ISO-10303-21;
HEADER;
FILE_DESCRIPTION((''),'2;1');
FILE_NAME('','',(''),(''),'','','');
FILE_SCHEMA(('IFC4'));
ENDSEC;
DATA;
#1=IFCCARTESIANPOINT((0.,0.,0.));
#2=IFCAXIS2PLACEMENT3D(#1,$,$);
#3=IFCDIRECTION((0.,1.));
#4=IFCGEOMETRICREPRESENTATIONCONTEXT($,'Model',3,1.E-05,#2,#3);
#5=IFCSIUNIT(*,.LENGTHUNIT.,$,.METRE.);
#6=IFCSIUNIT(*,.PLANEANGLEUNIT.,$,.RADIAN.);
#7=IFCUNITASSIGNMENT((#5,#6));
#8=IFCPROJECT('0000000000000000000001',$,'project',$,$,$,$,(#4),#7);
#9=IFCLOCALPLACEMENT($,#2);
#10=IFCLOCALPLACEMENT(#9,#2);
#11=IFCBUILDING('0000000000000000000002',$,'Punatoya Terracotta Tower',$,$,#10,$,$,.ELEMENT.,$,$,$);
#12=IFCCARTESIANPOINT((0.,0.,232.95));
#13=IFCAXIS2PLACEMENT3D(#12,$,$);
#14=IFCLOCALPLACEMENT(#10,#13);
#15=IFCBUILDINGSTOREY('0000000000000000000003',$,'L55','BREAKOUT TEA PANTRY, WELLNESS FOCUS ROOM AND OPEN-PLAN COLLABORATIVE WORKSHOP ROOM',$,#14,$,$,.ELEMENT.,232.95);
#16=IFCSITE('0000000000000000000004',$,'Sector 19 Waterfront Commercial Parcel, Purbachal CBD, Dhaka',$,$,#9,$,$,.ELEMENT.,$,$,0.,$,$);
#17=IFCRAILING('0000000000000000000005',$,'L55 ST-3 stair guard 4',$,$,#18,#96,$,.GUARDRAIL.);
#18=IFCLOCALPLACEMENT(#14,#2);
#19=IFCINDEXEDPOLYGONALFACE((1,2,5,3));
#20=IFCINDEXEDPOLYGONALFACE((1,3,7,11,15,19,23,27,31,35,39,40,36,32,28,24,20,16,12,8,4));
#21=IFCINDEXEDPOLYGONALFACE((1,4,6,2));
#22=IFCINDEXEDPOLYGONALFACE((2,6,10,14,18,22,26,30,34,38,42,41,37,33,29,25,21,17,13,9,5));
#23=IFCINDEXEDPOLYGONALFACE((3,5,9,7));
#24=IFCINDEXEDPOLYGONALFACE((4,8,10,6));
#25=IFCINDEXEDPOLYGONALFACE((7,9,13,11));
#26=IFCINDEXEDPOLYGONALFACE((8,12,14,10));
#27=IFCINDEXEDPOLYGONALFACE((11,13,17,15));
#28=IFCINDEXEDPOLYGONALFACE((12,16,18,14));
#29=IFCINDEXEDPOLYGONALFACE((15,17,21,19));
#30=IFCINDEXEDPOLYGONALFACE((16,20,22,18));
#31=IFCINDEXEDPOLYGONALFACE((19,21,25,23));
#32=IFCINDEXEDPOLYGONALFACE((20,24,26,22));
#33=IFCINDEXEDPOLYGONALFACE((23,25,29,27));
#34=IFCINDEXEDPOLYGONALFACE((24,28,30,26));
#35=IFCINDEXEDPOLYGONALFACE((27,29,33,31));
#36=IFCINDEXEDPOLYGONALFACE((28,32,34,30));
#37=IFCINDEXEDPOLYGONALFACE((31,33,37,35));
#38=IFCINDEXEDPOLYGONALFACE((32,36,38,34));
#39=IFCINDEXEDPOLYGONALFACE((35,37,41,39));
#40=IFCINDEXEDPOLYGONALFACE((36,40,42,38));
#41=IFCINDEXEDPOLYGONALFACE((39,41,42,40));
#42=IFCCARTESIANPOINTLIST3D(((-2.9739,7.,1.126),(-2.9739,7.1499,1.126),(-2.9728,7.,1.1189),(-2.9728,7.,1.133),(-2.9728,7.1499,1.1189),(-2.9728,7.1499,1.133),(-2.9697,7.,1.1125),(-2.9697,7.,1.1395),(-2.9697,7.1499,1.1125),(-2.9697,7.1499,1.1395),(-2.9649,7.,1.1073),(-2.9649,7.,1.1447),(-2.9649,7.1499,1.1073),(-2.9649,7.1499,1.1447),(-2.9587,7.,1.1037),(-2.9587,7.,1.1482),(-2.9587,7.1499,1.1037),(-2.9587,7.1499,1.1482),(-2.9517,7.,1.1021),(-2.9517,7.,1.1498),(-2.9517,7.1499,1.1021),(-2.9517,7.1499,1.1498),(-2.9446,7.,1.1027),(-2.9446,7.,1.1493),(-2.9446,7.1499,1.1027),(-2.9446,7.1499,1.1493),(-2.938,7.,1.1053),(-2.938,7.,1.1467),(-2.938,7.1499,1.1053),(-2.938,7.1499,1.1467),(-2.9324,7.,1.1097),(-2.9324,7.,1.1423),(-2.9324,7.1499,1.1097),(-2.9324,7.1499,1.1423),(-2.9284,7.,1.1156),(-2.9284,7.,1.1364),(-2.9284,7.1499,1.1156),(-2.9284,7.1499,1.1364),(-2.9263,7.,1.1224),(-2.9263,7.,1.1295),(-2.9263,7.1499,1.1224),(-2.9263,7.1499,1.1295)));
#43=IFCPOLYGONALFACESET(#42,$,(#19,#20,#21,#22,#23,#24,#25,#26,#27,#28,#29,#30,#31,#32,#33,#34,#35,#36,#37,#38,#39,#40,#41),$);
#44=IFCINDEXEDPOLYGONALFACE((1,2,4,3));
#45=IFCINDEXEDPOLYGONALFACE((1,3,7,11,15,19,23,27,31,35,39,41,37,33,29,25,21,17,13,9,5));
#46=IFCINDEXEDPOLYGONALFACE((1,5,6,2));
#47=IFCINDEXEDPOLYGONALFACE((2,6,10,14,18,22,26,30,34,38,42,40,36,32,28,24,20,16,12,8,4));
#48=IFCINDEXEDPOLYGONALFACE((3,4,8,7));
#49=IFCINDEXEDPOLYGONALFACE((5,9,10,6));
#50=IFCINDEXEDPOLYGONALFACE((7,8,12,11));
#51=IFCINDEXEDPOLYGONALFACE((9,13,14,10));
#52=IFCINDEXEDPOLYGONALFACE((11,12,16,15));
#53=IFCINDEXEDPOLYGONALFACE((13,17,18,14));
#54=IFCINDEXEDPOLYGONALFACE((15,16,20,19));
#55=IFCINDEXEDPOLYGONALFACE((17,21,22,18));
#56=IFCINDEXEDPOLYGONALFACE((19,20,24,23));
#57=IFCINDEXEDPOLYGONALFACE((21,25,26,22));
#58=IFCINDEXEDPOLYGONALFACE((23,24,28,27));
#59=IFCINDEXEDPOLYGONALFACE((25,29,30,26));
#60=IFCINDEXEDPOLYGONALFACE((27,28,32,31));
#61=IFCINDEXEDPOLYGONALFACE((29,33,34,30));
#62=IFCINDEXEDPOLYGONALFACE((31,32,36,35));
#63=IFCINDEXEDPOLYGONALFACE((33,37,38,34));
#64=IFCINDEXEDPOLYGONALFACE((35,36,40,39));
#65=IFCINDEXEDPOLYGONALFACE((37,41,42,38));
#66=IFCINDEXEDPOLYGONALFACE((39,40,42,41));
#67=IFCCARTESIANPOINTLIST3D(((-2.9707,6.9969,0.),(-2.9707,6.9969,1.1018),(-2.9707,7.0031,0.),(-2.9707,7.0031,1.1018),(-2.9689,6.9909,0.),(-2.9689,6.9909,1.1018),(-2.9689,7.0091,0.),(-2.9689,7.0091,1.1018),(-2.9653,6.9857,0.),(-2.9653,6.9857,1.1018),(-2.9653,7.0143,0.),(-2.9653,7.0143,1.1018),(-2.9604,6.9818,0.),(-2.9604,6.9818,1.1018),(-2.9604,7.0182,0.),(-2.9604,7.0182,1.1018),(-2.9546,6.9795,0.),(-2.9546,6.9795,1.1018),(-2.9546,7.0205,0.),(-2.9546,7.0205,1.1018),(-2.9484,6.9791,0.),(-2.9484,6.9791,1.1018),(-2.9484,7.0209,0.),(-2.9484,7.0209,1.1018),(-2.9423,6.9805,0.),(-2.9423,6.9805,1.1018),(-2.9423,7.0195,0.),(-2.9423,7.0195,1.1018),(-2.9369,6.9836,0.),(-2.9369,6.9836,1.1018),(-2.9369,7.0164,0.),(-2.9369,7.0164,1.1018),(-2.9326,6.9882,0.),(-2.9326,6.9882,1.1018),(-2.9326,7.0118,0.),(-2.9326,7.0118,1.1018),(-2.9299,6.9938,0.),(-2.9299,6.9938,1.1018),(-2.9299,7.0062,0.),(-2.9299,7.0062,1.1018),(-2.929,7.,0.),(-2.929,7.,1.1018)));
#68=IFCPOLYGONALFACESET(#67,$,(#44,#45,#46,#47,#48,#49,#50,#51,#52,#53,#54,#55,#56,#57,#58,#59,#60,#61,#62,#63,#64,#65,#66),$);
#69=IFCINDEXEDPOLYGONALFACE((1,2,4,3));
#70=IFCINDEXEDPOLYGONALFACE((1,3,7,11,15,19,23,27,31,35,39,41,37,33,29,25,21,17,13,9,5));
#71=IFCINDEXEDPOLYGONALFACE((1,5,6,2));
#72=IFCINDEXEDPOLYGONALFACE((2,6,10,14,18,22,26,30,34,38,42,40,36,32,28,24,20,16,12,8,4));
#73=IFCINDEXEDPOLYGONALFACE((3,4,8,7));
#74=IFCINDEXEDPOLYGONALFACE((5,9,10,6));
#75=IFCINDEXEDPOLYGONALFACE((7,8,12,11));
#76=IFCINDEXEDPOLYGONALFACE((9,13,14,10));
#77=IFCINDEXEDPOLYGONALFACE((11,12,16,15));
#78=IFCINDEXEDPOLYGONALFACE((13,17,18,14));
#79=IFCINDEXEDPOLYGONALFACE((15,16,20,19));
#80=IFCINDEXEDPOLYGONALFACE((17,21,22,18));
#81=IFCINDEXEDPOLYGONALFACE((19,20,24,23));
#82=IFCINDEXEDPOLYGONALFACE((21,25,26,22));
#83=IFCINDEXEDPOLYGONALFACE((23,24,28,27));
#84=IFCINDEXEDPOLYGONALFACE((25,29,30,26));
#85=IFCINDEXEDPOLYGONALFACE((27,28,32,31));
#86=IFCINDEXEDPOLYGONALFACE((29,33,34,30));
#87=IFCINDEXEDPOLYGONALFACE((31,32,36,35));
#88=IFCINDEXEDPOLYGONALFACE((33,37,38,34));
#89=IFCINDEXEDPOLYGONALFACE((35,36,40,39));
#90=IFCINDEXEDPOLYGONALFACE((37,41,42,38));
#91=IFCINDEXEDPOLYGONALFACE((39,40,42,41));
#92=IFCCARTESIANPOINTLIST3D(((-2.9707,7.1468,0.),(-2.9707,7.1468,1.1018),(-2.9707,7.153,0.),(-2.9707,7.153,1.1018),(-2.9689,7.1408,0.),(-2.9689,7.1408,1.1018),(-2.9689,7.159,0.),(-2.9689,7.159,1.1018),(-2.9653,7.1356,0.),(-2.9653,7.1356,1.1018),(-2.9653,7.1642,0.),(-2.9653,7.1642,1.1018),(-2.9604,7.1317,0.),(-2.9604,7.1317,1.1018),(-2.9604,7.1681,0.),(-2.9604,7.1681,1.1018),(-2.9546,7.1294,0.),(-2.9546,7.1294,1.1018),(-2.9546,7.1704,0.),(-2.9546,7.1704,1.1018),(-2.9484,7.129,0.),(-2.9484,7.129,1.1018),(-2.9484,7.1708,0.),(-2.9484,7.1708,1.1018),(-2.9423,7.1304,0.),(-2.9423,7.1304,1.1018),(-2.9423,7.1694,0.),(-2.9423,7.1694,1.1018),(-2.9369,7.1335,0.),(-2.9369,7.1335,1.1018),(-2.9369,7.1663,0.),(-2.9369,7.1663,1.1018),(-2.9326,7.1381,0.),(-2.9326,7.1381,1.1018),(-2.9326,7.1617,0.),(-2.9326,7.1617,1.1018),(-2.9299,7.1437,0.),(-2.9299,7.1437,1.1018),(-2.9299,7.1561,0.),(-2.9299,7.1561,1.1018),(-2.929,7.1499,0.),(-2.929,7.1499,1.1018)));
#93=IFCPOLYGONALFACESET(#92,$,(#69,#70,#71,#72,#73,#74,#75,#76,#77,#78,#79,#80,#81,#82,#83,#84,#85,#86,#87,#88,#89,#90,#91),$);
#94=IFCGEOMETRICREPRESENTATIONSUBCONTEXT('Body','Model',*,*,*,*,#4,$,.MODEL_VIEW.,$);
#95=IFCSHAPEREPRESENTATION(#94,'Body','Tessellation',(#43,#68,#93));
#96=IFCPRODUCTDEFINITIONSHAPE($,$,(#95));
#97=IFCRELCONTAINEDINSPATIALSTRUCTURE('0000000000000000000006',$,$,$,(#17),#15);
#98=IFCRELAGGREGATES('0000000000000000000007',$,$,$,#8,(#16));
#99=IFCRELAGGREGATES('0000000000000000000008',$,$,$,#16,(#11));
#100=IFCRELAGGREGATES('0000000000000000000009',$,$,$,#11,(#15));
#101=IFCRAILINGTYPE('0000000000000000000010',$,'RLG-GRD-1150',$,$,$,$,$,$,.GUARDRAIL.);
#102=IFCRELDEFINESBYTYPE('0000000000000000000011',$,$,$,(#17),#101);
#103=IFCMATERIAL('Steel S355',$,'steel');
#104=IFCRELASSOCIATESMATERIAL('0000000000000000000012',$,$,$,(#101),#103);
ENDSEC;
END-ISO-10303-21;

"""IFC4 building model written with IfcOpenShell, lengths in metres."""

from ifc_helpers import new_model, si_unit, direction, frame, origin, origin_2d, place, context, subcontext, project, spatial, circle, extrude, material, type_object, element, save


model = new_model("IFC4")

# Units and contexts
model_context = context("Model", 3, precision=1e-05, world=origin(), true_north=direction((0.0, 1.0)))
body_context = subcontext(model_context, "Body", "Model", "MODEL_VIEW")
ifc_project = project(units=[si_unit("LENGTHUNIT", "METRE"), si_unit("PLANEANGLEUNIT", "RADIAN")], contexts=[model_context])

# Site, building, storey
site_placement = place(None, origin())
site = spatial("IfcSite", under=ifc_project, at=site_placement, Name="Sector 19 Waterfront Commercial Parcel, Purbachal CBD, Dhaka", CompositionType="ELEMENT", RefElevation=0.0)
building_placement = place(site_placement, origin())
building = spatial("IfcBuilding", under=site, at=building_placement, Name="Punatoya Terracotta Tower", CompositionType="ELEMENT")
storey_placement = place(building_placement, frame((0.0, 0.0, 232.95)))
storey = spatial("IfcBuildingStorey", under=building, at=storey_placement, Name="L55", Description="BREAKOUT TEA PANTRY, WELLNESS FOCUS ROOM AND OPEN-PLAN COLLABORATIVE WORKSHOP ROOM", CompositionType="ELEMENT", Elevation=232.95)

# Shared definitions
ifc_material_1 = material(Name="Steel S355", Category="steel")

# Railing
railing_type = type_object("IfcRailingType", Name="RLG-GRD-1150", PredefinedType="GUARDRAIL", material=ifc_material_1)
railing_1_placement = place(storey_placement, frame((-2.95, 7.0, 0.0)))
element("IfcRailing", 1, at=railing_1_placement, inside=storey, type_object=railing_type, Name="L55 ST-3 stair guard 4", PredefinedType="GUARDRAIL", context=body_context, shape_type="SweptSolid", body=[
    extrude(circle(Radius=0.0239, at=origin_2d()), frame((0.0, 0.0, 1.126), z_axis=(0.0, 1.0, 0.0), x_axis=(-1.0, 0.0, 0.0)), (0.0, 0.0, 1.0), 0.1499),
    extrude(circle(Radius=0.021, at=origin_2d()), origin(), (0.0, 0.0, 1.0), 1.1018),
    extrude(circle(Radius=0.021, at=origin_2d()), frame((0.0, 0.1499, 0.0)), (0.0, 0.0, 1.0), 1.1018),
])

save(model, "model.ifc")
